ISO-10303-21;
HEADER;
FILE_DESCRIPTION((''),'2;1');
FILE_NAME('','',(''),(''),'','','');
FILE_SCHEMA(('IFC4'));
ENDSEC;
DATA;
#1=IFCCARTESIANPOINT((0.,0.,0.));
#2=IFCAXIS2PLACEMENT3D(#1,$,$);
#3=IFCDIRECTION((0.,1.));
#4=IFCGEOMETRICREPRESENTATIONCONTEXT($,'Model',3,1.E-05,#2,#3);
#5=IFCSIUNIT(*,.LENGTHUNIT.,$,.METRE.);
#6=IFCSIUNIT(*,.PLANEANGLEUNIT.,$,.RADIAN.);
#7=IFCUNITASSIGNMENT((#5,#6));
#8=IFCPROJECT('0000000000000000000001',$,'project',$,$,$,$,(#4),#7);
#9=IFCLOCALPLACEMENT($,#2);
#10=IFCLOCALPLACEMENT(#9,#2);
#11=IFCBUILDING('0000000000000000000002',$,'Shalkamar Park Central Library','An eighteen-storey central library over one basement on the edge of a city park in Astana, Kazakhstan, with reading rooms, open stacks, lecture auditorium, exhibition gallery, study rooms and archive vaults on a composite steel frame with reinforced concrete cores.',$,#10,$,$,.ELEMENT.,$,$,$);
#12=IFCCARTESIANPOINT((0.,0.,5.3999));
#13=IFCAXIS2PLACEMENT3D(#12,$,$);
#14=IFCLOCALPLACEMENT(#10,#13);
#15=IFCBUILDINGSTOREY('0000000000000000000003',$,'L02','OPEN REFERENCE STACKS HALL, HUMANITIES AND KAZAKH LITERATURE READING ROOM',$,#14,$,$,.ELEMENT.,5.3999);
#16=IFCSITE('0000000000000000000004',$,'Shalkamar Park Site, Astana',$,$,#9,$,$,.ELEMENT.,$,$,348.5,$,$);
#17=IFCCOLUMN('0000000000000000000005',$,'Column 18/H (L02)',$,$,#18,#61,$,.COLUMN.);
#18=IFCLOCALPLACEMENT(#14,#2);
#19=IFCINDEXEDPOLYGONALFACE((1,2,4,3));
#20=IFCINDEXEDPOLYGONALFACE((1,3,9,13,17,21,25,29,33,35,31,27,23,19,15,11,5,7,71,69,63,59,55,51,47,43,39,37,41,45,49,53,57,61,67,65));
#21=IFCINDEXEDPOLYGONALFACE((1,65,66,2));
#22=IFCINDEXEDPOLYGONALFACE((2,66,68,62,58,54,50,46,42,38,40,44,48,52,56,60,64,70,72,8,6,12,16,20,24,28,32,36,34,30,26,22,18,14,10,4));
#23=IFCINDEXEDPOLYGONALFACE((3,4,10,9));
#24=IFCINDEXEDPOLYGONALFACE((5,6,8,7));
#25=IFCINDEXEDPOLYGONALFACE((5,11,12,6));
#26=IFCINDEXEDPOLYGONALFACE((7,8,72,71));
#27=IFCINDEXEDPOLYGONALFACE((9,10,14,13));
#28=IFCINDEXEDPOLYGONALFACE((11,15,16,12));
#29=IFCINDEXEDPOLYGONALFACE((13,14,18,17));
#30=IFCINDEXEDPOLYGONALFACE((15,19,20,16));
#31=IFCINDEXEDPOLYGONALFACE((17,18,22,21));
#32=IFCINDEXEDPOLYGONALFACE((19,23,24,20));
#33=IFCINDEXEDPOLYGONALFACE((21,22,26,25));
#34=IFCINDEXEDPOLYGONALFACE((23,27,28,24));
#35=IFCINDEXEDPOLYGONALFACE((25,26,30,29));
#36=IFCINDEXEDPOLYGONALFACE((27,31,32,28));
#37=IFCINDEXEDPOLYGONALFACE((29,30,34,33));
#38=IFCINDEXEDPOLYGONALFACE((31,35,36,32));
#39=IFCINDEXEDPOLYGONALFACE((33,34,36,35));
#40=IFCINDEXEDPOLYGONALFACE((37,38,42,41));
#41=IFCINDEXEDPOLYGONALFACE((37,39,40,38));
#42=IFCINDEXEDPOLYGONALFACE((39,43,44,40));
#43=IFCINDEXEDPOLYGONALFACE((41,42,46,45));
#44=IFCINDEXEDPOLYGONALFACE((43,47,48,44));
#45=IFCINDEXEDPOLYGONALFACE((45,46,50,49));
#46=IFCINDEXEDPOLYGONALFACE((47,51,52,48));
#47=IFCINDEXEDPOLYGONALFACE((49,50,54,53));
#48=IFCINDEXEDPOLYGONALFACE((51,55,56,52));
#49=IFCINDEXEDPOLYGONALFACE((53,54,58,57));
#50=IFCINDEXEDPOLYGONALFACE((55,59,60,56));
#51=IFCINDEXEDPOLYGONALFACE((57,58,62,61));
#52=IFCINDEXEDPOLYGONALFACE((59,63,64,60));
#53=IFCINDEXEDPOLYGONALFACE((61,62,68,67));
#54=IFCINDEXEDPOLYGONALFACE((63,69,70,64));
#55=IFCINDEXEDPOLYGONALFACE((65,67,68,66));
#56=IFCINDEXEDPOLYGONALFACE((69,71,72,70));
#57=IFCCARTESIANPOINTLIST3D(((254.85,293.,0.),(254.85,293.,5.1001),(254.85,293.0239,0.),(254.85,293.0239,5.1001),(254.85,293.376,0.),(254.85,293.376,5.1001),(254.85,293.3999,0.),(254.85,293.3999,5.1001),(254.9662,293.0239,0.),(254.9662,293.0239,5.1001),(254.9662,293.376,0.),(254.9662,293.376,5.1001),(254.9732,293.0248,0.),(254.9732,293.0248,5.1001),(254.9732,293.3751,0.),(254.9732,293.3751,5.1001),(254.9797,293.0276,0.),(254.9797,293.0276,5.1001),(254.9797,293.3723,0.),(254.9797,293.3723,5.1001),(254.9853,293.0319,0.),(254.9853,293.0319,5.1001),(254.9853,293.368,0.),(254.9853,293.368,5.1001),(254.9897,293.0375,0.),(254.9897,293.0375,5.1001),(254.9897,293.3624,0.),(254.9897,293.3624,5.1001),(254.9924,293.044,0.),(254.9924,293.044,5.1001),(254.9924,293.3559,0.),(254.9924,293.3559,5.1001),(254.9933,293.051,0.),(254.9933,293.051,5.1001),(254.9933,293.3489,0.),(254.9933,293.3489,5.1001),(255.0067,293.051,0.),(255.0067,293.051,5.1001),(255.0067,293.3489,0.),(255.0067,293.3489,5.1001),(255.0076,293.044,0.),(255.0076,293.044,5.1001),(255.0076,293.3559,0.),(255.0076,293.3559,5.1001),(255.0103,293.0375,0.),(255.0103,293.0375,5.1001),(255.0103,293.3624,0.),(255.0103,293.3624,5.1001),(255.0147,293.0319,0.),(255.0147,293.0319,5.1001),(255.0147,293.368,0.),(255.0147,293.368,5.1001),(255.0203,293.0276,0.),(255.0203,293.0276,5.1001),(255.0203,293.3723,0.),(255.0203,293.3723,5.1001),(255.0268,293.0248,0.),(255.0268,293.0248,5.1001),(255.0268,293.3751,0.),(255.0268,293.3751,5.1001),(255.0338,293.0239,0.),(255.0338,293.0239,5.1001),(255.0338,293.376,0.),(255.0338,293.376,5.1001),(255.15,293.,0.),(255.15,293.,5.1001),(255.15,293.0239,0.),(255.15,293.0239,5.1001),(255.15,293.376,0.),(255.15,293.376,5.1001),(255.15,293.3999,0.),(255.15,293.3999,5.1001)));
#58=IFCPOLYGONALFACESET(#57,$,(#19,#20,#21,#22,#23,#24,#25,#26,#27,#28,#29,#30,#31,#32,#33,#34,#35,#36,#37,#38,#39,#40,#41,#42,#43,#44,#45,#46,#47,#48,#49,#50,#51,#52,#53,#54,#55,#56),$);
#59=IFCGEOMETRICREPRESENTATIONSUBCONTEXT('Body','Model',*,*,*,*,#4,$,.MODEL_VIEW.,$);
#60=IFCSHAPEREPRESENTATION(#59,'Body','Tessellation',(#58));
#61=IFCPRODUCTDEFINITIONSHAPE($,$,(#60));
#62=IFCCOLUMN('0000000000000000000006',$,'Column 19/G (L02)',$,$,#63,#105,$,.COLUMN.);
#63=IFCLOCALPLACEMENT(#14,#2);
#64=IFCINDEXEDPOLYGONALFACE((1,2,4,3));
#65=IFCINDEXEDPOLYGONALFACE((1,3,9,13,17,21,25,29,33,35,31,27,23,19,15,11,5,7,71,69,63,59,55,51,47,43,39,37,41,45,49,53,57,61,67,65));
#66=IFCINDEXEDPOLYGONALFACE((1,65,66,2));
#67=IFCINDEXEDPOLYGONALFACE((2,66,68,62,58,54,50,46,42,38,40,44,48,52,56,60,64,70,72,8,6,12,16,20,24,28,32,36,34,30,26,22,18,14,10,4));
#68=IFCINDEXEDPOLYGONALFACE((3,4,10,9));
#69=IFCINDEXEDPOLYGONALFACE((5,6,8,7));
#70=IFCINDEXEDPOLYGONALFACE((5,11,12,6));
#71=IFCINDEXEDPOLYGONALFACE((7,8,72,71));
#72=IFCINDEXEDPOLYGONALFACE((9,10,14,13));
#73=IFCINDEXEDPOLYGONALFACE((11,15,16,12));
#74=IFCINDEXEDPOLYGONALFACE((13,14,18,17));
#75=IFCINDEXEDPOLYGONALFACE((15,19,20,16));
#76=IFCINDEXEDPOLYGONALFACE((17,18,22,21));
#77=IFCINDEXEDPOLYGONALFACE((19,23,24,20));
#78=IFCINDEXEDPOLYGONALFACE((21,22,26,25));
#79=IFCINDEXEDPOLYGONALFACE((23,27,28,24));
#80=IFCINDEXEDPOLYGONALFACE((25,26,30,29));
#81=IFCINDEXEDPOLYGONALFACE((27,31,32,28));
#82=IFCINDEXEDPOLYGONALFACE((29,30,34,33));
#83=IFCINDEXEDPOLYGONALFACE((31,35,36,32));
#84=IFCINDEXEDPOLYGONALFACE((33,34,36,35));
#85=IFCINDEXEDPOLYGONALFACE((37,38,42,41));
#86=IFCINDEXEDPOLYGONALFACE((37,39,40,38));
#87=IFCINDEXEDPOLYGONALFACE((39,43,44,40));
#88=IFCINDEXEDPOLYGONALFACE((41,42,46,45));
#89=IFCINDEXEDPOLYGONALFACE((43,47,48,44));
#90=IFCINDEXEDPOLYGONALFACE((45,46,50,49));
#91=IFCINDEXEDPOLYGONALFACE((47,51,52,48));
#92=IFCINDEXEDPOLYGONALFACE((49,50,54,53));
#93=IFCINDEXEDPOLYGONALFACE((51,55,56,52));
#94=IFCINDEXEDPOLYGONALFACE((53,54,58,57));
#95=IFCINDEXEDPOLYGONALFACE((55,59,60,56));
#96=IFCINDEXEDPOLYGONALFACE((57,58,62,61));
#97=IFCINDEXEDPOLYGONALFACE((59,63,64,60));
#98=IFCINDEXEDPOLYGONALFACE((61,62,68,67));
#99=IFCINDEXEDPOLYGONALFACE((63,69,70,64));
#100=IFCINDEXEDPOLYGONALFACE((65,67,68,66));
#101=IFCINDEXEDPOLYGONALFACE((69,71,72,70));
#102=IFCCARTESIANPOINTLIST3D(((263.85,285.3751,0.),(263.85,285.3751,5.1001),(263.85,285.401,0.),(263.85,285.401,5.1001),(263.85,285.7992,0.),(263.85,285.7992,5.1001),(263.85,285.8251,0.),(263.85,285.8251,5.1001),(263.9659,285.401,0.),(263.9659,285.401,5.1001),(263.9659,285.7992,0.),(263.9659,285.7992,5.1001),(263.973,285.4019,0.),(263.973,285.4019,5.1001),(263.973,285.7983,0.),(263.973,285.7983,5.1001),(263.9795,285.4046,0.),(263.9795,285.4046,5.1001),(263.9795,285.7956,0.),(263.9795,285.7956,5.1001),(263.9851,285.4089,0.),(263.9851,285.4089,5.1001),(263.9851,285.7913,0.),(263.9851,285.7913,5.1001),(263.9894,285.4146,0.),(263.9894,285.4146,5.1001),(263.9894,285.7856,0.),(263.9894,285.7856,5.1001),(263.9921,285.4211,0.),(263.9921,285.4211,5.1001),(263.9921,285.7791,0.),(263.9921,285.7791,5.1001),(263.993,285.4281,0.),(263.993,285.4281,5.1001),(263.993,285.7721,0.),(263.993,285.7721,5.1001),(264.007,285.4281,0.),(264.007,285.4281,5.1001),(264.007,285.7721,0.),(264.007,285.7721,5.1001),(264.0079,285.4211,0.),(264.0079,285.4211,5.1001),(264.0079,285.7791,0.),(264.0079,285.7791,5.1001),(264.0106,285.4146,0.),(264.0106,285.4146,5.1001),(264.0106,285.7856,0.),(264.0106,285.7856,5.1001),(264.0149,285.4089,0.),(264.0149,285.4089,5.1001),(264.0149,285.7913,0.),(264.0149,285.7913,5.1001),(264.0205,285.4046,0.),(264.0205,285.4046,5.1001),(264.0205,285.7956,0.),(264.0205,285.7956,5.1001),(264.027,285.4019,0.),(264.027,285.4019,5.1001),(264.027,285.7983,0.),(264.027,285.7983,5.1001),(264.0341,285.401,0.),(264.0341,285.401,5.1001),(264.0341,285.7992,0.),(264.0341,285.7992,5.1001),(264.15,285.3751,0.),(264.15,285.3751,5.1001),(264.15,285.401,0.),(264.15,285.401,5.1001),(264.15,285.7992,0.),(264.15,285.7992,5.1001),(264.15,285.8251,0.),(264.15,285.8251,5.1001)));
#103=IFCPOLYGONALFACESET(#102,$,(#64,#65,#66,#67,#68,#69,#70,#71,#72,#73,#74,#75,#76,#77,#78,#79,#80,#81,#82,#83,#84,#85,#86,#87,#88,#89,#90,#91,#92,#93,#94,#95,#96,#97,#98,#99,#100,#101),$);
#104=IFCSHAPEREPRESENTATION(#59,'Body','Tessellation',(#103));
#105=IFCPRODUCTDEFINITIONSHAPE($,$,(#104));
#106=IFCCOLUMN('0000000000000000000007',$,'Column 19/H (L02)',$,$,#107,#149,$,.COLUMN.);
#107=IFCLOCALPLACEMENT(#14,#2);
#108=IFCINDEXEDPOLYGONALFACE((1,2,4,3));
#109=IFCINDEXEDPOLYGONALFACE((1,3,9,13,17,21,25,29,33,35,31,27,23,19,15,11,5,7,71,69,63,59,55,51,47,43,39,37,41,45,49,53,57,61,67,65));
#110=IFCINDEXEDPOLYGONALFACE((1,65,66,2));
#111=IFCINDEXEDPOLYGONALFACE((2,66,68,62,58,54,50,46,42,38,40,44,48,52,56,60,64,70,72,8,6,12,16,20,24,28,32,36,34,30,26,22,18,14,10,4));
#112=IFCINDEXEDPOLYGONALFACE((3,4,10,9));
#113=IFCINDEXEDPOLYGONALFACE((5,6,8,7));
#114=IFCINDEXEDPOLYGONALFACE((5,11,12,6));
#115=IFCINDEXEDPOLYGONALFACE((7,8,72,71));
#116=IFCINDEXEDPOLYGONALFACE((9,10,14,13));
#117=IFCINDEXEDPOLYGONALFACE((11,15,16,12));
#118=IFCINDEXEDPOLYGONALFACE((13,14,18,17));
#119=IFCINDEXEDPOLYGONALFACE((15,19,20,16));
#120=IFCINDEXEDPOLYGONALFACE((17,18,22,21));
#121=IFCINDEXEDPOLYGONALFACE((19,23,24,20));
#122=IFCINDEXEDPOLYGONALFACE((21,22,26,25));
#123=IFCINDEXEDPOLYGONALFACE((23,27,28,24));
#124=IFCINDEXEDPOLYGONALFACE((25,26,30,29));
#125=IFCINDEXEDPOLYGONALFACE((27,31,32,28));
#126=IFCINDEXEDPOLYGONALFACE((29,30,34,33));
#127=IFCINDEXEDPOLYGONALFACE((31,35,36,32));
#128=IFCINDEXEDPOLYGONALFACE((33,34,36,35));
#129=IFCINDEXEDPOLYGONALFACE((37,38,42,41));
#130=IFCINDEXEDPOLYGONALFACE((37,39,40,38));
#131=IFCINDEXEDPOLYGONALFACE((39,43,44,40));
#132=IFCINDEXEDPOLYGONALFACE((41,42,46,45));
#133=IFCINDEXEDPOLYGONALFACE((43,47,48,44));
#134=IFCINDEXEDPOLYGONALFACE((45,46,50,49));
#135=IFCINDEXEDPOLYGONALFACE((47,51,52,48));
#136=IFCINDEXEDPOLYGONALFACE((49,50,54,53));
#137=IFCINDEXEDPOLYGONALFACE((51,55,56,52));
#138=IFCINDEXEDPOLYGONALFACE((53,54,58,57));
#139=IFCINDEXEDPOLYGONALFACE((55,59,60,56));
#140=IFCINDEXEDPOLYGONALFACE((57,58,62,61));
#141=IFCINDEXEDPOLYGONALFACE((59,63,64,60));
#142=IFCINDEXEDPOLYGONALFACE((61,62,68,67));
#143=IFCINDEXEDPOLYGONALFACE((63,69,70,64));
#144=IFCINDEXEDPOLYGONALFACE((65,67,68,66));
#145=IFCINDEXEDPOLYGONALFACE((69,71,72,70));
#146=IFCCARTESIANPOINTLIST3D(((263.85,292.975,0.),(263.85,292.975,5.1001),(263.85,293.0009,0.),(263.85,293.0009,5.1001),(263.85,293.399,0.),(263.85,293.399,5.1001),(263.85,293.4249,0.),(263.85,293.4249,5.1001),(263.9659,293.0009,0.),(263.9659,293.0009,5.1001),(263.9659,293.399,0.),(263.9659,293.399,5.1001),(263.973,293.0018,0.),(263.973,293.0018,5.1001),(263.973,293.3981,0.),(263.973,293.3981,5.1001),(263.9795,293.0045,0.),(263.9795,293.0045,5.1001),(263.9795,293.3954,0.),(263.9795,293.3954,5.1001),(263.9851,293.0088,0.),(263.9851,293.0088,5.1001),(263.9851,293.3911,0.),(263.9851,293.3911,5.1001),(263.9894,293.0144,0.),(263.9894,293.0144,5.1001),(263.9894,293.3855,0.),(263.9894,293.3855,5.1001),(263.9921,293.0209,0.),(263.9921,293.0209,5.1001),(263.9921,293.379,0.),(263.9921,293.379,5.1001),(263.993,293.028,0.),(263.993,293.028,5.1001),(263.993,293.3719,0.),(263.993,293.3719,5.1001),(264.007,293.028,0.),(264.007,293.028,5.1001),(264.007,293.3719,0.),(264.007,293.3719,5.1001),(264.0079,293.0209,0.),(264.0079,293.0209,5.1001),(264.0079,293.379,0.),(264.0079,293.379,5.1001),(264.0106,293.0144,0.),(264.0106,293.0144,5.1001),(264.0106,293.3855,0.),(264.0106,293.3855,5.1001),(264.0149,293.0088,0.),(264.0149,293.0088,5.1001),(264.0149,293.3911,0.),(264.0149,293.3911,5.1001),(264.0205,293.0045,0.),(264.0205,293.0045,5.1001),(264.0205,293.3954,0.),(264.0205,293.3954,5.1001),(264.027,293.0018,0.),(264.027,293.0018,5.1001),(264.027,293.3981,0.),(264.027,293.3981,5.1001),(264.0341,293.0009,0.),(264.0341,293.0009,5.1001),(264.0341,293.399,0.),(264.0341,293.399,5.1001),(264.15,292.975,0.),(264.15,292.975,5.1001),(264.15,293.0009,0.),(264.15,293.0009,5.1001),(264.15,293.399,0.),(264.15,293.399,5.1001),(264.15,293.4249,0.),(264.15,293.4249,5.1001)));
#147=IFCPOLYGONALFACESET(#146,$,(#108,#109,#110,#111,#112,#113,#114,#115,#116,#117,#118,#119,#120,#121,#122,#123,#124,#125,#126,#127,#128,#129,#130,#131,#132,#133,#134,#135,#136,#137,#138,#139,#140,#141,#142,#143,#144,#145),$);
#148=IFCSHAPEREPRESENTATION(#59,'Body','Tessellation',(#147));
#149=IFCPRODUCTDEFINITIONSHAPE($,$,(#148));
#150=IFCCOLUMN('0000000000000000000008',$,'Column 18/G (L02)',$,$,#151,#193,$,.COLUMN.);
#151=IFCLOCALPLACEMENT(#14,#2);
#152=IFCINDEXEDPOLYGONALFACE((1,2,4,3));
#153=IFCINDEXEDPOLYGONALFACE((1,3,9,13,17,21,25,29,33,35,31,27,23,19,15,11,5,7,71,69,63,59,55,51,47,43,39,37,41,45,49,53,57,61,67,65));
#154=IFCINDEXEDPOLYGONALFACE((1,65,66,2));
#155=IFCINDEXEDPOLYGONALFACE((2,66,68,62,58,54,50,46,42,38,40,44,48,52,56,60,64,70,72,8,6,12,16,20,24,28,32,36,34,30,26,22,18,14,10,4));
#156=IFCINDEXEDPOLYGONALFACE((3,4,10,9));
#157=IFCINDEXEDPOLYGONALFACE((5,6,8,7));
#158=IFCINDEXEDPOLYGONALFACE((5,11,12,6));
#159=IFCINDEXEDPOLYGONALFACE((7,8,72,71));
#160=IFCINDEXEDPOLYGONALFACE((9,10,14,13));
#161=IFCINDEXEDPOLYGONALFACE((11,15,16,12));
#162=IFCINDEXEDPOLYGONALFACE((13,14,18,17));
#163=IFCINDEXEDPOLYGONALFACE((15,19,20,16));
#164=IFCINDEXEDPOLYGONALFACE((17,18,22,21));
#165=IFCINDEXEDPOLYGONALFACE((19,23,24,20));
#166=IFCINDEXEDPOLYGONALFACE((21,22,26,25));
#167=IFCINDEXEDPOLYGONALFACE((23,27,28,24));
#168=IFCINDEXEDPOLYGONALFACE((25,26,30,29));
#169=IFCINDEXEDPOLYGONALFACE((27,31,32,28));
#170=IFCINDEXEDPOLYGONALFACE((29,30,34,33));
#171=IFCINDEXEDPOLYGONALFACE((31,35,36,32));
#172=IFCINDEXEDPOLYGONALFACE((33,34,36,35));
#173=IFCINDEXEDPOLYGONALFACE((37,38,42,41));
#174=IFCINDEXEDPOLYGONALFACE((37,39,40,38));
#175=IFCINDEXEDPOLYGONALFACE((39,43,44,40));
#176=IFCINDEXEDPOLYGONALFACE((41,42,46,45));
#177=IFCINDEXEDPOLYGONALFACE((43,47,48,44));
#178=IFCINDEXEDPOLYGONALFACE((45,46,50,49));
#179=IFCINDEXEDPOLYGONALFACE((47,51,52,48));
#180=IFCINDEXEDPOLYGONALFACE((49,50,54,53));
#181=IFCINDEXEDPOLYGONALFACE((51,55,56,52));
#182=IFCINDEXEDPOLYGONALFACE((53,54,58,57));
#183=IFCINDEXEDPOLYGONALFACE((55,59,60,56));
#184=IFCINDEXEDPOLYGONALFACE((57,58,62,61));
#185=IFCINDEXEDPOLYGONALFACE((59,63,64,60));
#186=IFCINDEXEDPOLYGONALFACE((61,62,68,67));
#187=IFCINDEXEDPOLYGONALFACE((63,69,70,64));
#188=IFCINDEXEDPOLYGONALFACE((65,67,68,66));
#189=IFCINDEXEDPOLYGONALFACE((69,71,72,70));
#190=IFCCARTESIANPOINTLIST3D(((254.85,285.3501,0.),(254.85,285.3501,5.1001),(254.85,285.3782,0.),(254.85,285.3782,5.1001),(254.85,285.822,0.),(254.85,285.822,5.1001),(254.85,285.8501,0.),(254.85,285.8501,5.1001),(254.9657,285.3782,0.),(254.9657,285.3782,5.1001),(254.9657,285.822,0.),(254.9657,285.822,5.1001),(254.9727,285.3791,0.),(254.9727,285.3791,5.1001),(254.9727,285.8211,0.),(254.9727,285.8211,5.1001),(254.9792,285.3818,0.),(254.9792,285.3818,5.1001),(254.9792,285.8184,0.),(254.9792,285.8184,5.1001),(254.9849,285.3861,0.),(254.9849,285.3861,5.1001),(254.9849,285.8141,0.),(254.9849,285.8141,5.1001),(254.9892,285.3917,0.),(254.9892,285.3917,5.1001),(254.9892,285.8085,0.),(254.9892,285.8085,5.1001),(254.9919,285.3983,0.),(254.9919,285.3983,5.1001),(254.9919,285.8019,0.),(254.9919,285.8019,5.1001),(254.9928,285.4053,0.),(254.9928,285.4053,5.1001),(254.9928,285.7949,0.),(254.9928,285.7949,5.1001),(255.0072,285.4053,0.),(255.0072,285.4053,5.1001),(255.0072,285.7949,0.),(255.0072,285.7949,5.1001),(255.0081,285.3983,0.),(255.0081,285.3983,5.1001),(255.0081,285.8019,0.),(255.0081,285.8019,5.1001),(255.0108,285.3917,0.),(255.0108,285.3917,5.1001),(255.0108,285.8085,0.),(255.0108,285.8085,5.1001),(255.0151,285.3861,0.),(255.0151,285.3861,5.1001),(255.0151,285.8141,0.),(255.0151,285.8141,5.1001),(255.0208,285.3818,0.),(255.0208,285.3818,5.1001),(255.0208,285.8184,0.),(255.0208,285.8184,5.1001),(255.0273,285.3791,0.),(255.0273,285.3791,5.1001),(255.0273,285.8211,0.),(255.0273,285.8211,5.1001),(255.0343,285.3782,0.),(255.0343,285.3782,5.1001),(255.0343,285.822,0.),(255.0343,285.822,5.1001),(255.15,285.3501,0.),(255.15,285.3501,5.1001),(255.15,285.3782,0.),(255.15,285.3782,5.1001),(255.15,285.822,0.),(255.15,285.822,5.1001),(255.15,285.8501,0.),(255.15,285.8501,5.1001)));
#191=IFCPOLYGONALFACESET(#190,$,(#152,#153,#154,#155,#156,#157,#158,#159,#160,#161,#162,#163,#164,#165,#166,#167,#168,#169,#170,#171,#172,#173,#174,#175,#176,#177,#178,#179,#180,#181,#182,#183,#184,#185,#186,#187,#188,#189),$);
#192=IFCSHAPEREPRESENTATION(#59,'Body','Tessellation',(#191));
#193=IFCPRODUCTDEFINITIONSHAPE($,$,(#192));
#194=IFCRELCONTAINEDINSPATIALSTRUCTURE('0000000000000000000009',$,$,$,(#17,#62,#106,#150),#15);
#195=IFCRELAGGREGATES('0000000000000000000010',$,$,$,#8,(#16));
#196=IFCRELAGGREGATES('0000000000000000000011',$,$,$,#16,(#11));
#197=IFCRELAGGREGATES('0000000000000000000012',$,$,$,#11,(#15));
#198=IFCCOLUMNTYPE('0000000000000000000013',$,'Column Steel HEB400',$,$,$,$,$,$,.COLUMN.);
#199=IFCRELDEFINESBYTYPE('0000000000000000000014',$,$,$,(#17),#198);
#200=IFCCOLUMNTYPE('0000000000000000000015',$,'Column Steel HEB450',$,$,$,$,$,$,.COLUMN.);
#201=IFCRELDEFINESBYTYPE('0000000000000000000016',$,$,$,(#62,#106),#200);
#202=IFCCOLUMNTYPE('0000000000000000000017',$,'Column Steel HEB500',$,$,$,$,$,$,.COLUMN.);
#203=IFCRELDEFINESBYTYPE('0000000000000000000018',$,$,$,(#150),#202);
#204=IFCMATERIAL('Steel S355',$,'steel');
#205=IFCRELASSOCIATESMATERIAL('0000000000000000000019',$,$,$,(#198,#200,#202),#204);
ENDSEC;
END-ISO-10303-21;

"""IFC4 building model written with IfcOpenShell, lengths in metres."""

from ifc_helpers import new_model, si_unit, direction, frame, origin, origin_2d, place, context, subcontext, project, spatial, i_section, extrude, material, material_profile, profile_set, type_object, element, save


model = new_model("IFC4")

# Units and contexts
model_context = context("Model", 3, precision=1e-05, world=origin(), true_north=direction((0.0, 1.0)))
body_context = subcontext(model_context, "Body", "Model", "MODEL_VIEW")
ifc_project = project(units=[si_unit("LENGTHUNIT", "METRE"), si_unit("PLANEANGLEUNIT", "RADIAN")], contexts=[model_context])

# Site, building, storey
site_placement = place(None, origin())
site = spatial("IfcSite", under=ifc_project, at=site_placement, Name="Shalkamar Park Site, Astana", CompositionType="ELEMENT", RefElevation=348.5)
building_placement = place(site_placement, origin())
building = spatial("IfcBuilding", under=site, at=building_placement, Name="Shalkamar Park Central Library", Description="An eighteen-storey central library over one basement on the edge of a city park in Astana, Kazakhstan, with reading rooms, open stacks, lecture auditorium, exhibition gallery, study rooms and archive vaults on a composite steel frame with reinforced concrete cores.", CompositionType="ELEMENT")
storey_placement = place(building_placement, frame((0.0, 0.0, 5.3999)))
storey = spatial("IfcBuildingStorey", under=building, at=storey_placement, Name="L02", Description="OPEN REFERENCE STACKS HALL, HUMANITIES AND KAZAKH LITERATURE READING ROOM", CompositionType="ELEMENT", Elevation=5.3999)

# Columns
ifc_material_1 = material(Name="Steel S355", Category="steel")
ifc_material_profile_1 = material_profile(ifc_material_1, i_section(OverallWidth=0.3, OverallDepth=0.3999, WebThickness=0.0134, FlangeThickness=0.0239, FilletRadius=0.0271, at=origin_2d()), Name="HEB 400")
ifc_profile_set_1 = profile_set([ifc_material_profile_1], Name="Steel S355")
column_type_1 = type_object("IfcColumnType", Name="Column Steel HEB400", PredefinedType="COLUMN", material=ifc_profile_set_1)
column_1_placement = place(storey_placement, frame((255.0, 293.2, 0.0), z_axis=(0.0, 0.0, 1.0), x_axis=(1.0, 0.0, 0.0)))
element("IfcColumn", 1, at=column_1_placement, inside=storey, type_object=column_type_1, Name="Column 18/H (L02)", PredefinedType="COLUMN", context=body_context, shape_type="SweptSolid", body=[
    extrude(i_section(OverallWidth=0.3, OverallDepth=0.3999, WebThickness=0.0134, FlangeThickness=0.0239, FilletRadius=0.0271, at=origin_2d()), origin(), (0.0, 0.0, 1.0), 5.1001),
])
ifc_material_profile_2 = material_profile(ifc_material_1, i_section(OverallWidth=0.3, OverallDepth=0.45, WebThickness=0.0139, FlangeThickness=0.0259, FilletRadius=0.0271, at=origin_2d()), Name="HEB 450")
ifc_profile_set_2 = profile_set([ifc_material_profile_2], Name="Steel S355")
column_type_2 = type_object("IfcColumnType", Name="Column Steel HEB450", PredefinedType="COLUMN", material=ifc_profile_set_2)
for number, where, z_axis, x_axis, name in (
    (2, (264.0, 285.6001, 0.0), (0.0, 0.0, 1.0), (1.0, 0.0, 0.0), "Column 19/G (L02)"),
    (3, (264.0, 293.2, 0.0), (0.0, 0.0, 1.0), (1.0, 0.0, 0.0), "Column 19/H (L02)"),
):
    element("IfcColumn", number, at=place(storey_placement, frame(where, z_axis=z_axis, x_axis=x_axis)), inside=storey, type_object=column_type_2, Name=name, PredefinedType="COLUMN", context=body_context, shape_type="SweptSolid", body=[
        extrude(i_section(OverallWidth=0.3, OverallDepth=0.45, WebThickness=0.0139, FlangeThickness=0.0259, FilletRadius=0.0271, at=origin_2d()), origin(), (0.0, 0.0, 1.0), 5.1001),
    ])
ifc_material_profile_3 = material_profile(ifc_material_1, i_section(OverallWidth=0.3, OverallDepth=0.5, WebThickness=0.0144, FlangeThickness=0.0281, FilletRadius=0.0271, at=origin_2d()), Name="HEB 500")
ifc_profile_set_3 = profile_set([ifc_material_profile_3], Name="Steel S355")
column_type_3 = type_object("IfcColumnType", Name="Column Steel HEB500", PredefinedType="COLUMN", material=ifc_profile_set_3)
column_2_placement = place(storey_placement, frame((255.0, 285.6001, 0.0), z_axis=(0.0, 0.0, 1.0), x_axis=(1.0, 0.0, 0.0)))
element("IfcColumn", 4, at=column_2_placement, inside=storey, type_object=column_type_3, Name="Column 18/G (L02)", PredefinedType="COLUMN", context=body_context, shape_type="SweptSolid", body=[
    extrude(i_section(OverallWidth=0.3, OverallDepth=0.5, WebThickness=0.0144, FlangeThickness=0.0281, FilletRadius=0.0271, at=origin_2d()), origin(), (0.0, 0.0, 1.0), 5.1001),
])

save(model, "model.ifc")
